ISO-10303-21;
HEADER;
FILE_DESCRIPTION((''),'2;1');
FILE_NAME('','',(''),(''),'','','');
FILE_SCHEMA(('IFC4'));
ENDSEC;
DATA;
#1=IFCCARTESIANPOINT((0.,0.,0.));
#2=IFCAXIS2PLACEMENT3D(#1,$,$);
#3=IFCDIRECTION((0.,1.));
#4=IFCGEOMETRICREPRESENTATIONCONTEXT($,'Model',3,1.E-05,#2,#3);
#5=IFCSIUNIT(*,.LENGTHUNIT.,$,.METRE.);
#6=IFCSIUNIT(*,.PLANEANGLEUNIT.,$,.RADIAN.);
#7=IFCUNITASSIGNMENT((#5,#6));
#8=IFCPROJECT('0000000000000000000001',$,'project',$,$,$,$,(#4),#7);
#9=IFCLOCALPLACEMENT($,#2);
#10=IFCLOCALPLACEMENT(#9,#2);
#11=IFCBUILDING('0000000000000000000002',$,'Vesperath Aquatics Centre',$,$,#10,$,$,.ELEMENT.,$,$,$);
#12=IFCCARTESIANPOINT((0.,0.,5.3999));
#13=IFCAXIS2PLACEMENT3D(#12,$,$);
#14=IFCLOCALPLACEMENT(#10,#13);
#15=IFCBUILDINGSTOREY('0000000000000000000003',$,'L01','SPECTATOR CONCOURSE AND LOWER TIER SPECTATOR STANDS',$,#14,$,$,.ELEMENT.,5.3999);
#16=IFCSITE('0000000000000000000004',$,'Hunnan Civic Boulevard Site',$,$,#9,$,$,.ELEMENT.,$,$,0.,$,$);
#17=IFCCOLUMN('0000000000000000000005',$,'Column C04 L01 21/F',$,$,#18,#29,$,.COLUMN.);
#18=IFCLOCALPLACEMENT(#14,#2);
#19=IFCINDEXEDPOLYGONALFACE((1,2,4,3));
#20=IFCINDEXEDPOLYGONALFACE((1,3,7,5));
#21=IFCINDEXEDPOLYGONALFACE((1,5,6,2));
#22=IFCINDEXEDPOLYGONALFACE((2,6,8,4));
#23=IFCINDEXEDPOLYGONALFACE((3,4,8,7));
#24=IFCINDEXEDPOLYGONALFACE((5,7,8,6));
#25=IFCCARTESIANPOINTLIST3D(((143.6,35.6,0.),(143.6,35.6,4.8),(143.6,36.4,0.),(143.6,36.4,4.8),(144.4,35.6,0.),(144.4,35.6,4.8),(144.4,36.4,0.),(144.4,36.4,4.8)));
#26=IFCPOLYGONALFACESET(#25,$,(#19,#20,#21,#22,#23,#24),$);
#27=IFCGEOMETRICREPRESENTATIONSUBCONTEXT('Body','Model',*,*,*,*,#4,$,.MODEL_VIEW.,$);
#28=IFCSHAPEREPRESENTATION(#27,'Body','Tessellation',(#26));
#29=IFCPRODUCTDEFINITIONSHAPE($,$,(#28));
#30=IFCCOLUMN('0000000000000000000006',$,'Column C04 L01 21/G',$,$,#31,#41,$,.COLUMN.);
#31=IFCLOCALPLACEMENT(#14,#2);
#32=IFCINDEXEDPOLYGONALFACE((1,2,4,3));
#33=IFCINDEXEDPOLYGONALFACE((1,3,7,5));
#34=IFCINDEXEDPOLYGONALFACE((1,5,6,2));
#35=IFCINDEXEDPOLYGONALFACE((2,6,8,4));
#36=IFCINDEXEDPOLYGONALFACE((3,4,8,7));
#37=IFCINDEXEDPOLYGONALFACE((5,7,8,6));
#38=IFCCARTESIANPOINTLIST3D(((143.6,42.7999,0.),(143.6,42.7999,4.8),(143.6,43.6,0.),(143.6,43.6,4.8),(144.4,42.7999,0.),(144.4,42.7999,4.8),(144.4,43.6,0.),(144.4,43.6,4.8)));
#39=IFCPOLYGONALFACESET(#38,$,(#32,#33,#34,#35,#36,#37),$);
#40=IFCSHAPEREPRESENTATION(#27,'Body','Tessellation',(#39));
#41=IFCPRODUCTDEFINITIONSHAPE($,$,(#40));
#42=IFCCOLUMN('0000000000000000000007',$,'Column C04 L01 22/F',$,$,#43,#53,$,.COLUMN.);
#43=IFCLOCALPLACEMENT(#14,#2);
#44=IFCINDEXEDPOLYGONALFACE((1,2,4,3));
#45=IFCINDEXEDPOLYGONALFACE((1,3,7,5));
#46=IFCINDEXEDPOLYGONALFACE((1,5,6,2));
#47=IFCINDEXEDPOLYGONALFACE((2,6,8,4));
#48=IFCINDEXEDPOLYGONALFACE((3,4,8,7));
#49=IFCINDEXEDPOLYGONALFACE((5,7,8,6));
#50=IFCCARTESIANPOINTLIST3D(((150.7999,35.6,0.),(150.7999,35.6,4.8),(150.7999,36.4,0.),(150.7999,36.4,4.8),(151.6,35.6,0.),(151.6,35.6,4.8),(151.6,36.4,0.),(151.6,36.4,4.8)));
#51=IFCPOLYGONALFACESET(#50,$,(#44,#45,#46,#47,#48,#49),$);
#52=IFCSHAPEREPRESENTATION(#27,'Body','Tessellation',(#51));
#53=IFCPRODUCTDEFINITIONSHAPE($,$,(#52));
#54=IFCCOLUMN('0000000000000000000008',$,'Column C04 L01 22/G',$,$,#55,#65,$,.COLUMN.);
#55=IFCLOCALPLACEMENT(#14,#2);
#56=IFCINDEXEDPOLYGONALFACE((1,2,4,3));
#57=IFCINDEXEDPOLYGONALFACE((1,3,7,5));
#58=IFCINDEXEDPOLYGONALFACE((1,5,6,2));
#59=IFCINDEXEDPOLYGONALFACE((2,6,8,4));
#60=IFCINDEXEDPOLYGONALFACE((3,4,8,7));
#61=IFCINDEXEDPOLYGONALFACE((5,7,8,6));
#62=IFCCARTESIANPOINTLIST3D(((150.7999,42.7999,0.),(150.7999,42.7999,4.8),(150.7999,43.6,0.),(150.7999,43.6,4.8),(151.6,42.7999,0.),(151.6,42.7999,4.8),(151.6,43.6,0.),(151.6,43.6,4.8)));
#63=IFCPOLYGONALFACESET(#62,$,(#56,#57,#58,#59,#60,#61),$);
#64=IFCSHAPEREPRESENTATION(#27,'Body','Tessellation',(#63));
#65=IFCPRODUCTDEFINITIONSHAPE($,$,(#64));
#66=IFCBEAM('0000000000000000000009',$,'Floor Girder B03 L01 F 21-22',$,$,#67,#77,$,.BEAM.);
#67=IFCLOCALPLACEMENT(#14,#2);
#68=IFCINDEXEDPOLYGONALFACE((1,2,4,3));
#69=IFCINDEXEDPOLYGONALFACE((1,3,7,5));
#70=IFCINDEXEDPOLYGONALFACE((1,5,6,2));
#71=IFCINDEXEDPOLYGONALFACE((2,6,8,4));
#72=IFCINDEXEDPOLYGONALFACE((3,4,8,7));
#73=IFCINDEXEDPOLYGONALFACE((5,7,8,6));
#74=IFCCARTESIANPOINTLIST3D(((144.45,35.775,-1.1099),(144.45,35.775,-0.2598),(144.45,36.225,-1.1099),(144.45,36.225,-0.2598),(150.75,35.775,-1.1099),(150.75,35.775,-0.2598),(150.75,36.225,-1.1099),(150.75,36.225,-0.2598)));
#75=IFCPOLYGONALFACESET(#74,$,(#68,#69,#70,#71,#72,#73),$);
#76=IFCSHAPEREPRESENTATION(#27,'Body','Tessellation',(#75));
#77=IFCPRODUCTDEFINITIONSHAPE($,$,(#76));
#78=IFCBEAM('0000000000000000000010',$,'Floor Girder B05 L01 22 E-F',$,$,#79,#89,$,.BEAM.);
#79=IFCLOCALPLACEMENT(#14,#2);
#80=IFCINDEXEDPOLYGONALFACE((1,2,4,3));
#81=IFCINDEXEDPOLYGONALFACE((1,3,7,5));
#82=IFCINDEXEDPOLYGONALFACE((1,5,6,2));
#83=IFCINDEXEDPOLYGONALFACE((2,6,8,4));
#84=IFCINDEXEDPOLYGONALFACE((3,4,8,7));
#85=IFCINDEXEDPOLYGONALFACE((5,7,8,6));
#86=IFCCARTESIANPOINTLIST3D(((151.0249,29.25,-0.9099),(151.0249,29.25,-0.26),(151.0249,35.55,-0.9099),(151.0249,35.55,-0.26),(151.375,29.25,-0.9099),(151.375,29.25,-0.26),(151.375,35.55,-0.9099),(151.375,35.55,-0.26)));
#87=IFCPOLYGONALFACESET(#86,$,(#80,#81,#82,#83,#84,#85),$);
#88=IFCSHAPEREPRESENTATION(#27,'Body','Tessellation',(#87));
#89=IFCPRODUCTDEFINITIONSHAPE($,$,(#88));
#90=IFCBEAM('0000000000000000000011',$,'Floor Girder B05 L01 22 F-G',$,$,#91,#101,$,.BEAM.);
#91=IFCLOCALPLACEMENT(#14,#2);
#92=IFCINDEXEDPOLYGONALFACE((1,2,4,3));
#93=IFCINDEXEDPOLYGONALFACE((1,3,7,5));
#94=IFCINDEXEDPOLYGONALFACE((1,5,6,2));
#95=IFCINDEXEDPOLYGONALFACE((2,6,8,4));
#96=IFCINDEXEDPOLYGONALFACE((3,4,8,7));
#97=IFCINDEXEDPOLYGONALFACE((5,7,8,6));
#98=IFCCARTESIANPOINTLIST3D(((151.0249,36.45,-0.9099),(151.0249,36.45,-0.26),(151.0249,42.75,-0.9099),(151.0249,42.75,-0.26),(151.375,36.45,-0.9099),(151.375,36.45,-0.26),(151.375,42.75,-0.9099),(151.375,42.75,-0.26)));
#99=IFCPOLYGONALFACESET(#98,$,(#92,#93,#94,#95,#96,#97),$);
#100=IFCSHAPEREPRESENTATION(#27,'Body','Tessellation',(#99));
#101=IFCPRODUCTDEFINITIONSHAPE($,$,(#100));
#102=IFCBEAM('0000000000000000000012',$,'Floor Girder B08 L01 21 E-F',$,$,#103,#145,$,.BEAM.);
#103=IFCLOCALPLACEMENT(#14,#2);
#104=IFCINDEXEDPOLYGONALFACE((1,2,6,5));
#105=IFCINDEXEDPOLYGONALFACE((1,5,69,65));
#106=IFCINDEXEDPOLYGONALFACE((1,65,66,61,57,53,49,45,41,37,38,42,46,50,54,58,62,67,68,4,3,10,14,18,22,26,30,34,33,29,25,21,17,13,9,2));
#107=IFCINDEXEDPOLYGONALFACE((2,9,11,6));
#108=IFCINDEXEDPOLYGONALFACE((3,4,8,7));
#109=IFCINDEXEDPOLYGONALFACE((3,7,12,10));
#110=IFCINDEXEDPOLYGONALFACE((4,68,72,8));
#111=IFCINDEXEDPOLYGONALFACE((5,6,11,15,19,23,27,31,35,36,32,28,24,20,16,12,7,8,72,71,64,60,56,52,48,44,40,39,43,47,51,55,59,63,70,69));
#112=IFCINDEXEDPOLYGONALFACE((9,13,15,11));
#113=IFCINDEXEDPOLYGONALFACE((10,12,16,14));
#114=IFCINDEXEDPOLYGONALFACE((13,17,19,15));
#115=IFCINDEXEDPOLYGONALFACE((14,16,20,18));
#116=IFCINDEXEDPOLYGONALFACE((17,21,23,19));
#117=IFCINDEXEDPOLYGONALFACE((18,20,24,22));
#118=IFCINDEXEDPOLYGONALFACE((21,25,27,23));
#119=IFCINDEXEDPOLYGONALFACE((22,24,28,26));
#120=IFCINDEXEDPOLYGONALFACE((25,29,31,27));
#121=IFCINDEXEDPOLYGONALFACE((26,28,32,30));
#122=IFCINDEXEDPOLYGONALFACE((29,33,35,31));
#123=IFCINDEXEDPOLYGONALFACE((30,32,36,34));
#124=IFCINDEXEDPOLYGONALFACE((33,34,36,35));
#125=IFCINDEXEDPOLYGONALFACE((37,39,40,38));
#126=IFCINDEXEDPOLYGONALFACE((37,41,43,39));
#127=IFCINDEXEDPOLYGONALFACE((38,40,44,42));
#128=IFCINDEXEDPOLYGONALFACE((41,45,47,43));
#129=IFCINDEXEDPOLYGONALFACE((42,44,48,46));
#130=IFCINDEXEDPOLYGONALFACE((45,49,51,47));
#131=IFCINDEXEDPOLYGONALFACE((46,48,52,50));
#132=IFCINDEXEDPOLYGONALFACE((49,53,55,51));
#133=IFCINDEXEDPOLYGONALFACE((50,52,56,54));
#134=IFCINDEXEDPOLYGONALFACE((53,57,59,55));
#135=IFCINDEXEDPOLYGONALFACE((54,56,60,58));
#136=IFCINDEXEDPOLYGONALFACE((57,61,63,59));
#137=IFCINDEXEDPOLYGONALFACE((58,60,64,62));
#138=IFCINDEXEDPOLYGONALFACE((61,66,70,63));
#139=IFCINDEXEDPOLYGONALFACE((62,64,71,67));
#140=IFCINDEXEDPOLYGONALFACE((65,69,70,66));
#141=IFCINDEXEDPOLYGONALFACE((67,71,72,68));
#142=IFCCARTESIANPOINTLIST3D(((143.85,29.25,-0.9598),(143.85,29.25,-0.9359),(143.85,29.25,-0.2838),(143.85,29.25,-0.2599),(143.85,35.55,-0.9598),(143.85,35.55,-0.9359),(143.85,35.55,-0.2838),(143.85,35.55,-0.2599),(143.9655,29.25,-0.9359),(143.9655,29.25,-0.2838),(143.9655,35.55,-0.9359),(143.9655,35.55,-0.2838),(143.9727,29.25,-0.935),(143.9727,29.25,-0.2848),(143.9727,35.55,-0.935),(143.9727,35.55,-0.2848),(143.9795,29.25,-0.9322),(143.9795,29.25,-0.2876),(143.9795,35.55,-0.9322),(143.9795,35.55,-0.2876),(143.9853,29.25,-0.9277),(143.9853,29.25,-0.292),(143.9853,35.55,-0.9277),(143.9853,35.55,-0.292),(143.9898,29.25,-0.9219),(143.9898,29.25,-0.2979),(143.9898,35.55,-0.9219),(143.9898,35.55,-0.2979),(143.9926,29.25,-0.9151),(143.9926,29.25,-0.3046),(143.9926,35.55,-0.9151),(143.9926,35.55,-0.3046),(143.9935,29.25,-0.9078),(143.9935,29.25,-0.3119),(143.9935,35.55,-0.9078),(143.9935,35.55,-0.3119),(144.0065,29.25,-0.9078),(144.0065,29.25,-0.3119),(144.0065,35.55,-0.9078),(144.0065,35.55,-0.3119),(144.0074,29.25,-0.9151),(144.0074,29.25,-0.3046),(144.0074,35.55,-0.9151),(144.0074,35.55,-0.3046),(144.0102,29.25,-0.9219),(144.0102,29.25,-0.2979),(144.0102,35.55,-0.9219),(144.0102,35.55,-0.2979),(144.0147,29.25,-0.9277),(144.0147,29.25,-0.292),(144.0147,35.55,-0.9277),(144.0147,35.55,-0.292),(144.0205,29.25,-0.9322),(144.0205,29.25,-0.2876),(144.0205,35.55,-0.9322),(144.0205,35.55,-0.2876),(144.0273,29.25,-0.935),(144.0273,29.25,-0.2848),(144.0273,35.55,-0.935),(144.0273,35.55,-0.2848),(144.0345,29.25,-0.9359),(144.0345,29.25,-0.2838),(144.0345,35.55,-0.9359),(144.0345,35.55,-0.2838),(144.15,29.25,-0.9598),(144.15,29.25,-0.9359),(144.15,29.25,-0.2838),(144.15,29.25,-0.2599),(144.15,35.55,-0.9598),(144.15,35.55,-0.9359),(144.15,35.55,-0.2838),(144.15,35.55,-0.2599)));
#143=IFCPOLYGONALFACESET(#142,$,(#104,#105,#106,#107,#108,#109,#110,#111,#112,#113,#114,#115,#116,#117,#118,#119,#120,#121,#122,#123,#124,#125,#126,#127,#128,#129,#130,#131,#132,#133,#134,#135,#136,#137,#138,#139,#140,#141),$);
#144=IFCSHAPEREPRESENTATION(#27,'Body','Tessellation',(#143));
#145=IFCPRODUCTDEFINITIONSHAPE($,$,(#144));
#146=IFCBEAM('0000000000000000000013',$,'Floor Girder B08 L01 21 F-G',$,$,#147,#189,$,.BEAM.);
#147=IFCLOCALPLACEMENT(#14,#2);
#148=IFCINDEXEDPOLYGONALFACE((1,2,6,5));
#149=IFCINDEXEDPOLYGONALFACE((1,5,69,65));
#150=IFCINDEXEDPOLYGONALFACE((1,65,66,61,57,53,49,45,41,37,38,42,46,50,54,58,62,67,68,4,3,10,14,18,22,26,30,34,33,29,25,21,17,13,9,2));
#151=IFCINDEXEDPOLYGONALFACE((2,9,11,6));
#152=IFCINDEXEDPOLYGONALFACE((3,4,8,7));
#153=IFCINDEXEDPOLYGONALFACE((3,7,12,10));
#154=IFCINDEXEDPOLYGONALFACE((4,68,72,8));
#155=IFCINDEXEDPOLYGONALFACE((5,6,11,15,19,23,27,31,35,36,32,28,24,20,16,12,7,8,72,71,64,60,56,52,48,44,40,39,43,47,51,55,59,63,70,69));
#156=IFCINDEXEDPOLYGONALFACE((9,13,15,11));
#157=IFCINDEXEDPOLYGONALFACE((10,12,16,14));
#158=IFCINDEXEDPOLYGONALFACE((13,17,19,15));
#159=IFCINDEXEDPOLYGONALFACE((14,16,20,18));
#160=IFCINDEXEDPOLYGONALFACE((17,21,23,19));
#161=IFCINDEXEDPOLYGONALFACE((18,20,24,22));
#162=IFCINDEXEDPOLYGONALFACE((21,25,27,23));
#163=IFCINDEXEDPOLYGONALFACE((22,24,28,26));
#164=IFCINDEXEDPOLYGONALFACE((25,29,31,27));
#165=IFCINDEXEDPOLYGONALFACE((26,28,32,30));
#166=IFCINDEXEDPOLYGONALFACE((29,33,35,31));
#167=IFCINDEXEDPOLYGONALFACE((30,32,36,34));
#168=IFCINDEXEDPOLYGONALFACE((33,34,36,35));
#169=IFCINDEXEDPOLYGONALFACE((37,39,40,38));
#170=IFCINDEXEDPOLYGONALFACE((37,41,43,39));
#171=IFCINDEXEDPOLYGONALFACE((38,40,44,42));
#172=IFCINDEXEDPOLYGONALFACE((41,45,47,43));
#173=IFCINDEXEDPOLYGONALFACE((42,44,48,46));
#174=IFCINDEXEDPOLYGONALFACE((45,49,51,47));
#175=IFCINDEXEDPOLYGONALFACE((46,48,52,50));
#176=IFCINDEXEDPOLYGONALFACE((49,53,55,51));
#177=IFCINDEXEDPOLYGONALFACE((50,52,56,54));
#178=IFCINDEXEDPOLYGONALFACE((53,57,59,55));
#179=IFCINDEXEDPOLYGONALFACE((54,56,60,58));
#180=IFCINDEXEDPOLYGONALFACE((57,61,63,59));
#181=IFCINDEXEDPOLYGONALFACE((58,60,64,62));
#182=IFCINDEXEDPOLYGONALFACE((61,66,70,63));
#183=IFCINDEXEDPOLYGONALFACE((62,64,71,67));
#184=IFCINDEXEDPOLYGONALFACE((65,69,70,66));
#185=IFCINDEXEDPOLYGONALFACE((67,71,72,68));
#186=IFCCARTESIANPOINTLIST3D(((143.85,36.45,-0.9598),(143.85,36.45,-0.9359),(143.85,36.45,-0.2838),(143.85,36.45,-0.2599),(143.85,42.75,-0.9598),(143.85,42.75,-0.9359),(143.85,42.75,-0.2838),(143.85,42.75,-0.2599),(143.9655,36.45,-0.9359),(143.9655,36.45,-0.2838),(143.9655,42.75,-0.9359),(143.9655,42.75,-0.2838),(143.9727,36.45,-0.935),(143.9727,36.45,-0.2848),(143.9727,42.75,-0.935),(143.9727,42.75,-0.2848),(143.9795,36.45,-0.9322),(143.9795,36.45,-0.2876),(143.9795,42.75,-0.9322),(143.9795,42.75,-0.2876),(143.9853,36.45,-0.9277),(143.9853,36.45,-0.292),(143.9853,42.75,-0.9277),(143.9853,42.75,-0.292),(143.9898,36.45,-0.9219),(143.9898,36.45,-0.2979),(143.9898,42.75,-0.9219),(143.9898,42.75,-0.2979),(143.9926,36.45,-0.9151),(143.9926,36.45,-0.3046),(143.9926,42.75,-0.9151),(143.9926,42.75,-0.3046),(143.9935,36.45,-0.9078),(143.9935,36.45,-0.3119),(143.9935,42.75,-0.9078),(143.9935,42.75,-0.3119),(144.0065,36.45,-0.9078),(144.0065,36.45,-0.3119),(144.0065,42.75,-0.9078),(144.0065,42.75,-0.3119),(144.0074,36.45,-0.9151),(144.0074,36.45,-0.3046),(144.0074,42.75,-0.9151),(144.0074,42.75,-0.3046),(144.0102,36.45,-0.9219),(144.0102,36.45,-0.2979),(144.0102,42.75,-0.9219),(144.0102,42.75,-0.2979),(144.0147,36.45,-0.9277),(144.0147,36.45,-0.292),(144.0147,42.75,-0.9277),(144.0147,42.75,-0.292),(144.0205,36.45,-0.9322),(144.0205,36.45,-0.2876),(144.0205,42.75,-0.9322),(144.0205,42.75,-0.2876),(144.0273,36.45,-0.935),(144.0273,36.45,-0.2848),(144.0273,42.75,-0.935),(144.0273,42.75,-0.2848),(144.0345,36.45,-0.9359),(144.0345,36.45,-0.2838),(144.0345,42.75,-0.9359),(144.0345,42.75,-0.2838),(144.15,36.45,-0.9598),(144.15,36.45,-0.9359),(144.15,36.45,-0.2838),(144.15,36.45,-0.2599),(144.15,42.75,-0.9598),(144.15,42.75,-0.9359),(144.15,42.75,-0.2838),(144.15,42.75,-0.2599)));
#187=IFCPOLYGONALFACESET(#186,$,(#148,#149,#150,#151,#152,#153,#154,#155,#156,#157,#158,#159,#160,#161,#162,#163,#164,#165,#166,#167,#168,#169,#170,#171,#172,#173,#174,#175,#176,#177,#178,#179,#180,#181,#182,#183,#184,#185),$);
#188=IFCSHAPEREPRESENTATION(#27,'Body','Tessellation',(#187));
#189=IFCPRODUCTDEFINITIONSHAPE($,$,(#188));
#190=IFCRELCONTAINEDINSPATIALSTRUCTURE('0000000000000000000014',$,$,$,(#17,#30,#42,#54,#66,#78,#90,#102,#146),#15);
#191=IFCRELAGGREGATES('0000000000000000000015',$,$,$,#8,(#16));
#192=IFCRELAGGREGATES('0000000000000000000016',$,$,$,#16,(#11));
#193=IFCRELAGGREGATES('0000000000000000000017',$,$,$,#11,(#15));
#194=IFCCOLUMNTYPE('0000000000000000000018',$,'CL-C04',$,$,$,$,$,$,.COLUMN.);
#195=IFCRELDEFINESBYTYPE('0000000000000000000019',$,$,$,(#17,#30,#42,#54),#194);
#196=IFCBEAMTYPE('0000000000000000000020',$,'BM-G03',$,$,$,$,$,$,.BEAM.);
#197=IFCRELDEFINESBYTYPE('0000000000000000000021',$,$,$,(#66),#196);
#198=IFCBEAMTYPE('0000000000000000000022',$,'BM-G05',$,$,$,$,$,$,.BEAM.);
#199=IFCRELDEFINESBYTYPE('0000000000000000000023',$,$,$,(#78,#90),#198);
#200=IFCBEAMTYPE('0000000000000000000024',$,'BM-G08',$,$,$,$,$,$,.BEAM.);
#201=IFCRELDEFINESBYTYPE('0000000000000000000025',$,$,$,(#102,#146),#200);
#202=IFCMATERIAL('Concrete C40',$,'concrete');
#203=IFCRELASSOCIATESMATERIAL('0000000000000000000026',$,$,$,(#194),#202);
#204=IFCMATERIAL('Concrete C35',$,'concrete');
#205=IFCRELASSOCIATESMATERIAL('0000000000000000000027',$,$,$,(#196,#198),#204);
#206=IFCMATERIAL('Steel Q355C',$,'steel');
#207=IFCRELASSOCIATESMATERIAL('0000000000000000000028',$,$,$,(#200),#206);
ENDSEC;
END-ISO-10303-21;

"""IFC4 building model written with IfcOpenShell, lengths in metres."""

from ifc_helpers import new_model, si_unit, direction, frame, origin, origin_2d, place, context, subcontext, project, spatial, rectangle, i_section, extrude, material, material_profile, profile_set, type_object, element, save


model = new_model("IFC4")

# Units and contexts
model_context = context("Model", 3, precision=1e-05, world=origin(), true_north=direction((0.0, 1.0)))
body_context = subcontext(model_context, "Body", "Model", "MODEL_VIEW")
ifc_project = project(units=[si_unit("LENGTHUNIT", "METRE"), si_unit("PLANEANGLEUNIT", "RADIAN")], contexts=[model_context])

# Site, building, storey
site_placement = place(None, origin())
site = spatial("IfcSite", under=ifc_project, at=site_placement, Name="Hunnan Civic Boulevard Site", CompositionType="ELEMENT", RefElevation=0.0)
building_placement = place(site_placement, origin())
building = spatial("IfcBuilding", under=site, at=building_placement, Name="Vesperath Aquatics Centre", CompositionType="ELEMENT")
storey_placement = place(building_placement, frame((0.0, 0.0, 5.3999)))
storey = spatial("IfcBuildingStorey", under=building, at=storey_placement, Name="L01", Description="SPECTATOR CONCOURSE AND LOWER TIER SPECTATOR STANDS", CompositionType="ELEMENT", Elevation=5.3999)

# Columns
ifc_material_1 = material(Name="Concrete C40", Category="concrete")
ifc_material_profile_1 = material_profile(ifc_material_1, rectangle(XDim=0.8, YDim=0.8, at=origin_2d()), Name="RC 800x800")
ifc_profile_set_1 = profile_set([ifc_material_profile_1], Name="Concrete C40")
column_type = type_object("IfcColumnType", Name="CL-C04", PredefinedType="COLUMN", material=ifc_profile_set_1)
for number, where, z_axis, x_axis, name in (
    (1, (144.0, 36.0, 0.0), (0.0, 0.0, 1.0), (1.0, 0.0, 0.0), "Column C04 L01 21/F"),
    (2, (144.0, 43.2, 0.0), (0.0, 0.0, 1.0), (1.0, 0.0, 0.0), "Column C04 L01 21/G"),
    (3, (151.2, 36.0, 0.0), (0.0, 0.0, 1.0), (1.0, 0.0, 0.0), "Column C04 L01 22/F"),
    (4, (151.2, 43.2, 0.0), (0.0, 0.0, 1.0), (1.0, 0.0, 0.0), "Column C04 L01 22/G"),
):
    element("IfcColumn", number, at=place(storey_placement, frame(where, z_axis=z_axis, x_axis=x_axis)), inside=storey, type_object=column_type, Name=name, PredefinedType="COLUMN", context=body_context, shape_type="SweptSolid", body=[
        extrude(rectangle(XDim=0.8, YDim=0.8, at=origin_2d()), origin(), (0.0, 0.0, 1.0), 4.8),
    ])

# Beams
ifc_material_2 = material(Name="Concrete C35", Category="concrete")
ifc_material_profile_2 = material_profile(ifc_material_2, rectangle(XDim=0.45, YDim=0.8501, at=origin_2d()), Name="RC 450x850")
ifc_profile_set_2 = profile_set([ifc_material_profile_2], Name="Concrete C35")
beam_type_1 = type_object("IfcBeamType", Name="BM-G03", PredefinedType="BEAM", material=ifc_profile_set_2)
beam_1_placement = place(storey_placement, frame((144.45, 36.0, -0.6848), z_axis=(1.0, 0.0, 0.0), x_axis=(0.0, 1.0, 0.0)))
element("IfcBeam", 5, at=beam_1_placement, inside=storey, type_object=beam_type_1, Name="Floor Girder B03 L01 F 21-22", PredefinedType="BEAM", context=body_context, shape_type="SweptSolid", body=[
    extrude(rectangle(XDim=0.45, YDim=0.8501, at=origin_2d()), origin(), (0.0, 0.0, 1.0), 6.3),
])
ifc_material_profile_3 = material_profile(ifc_material_2, rectangle(XDim=0.3501, YDim=0.6499, at=origin_2d()), Name="RC 350x650")
ifc_profile_set_3 = profile_set([ifc_material_profile_3], Name="Concrete C35")
beam_type_2 = type_object("IfcBeamType", Name="BM-G05", PredefinedType="BEAM", material=ifc_profile_set_3)
for number, where, z_axis, x_axis, name in (
    (6, (151.2, 29.25, -0.585), (0.0, 1.0, 0.0), (-1.0, 0.0, 0.0), "Floor Girder B05 L01 22 E-F"),
    (7, (151.2, 36.45, -0.585), (0.0, 1.0, 0.0), (-1.0, 0.0, 0.0), "Floor Girder B05 L01 22 F-G"),
):
    element("IfcBeam", number, at=place(storey_placement, frame(where, z_axis=z_axis, x_axis=x_axis)), inside=storey, type_object=beam_type_2, Name=name, PredefinedType="BEAM", context=body_context, shape_type="SweptSolid", body=[
        extrude(rectangle(XDim=0.3501, YDim=0.6499, at=origin_2d()), origin(), (0.0, 0.0, 1.0), 6.3),
    ])
ifc_material_3 = material(Name="Steel Q355C", Category="steel")
ifc_material_profile_4 = material_profile(ifc_material_3, i_section(OverallWidth=0.3, OverallDepth=0.7, WebThickness=0.0129, FlangeThickness=0.0239, FilletRadius=0.0281, at=origin_2d()), Name="HN 700x300x13x24")
ifc_profile_set_4 = profile_set([ifc_material_profile_4], Name="Steel Q355C")
beam_type_3 = type_object("IfcBeamType", Name="BM-G08", PredefinedType="BEAM", material=ifc_profile_set_4)
for number, where, z_axis, x_axis, name in (
    (8, (144.0, 29.25, -0.6099), (0.0, 1.0, 0.0), (-1.0, 0.0, 0.0), "Floor Girder B08 L01 21 E-F"),
    (9, (144.0, 36.45, -0.6099), (0.0, 1.0, 0.0), (-1.0, 0.0, 0.0), "Floor Girder B08 L01 21 F-G"),
):
    element("IfcBeam", number, at=place(storey_placement, frame(where, z_axis=z_axis, x_axis=x_axis)), inside=storey, type_object=beam_type_3, Name=name, PredefinedType="BEAM", context=body_context, shape_type="SweptSolid", body=[
        extrude(i_section(OverallWidth=0.3, OverallDepth=0.7, WebThickness=0.0129, FlangeThickness=0.0239, FilletRadius=0.0281, at=origin_2d()), origin(), (0.0, 0.0, 1.0), 6.3),
    ])

save(model, "model.ifc")
